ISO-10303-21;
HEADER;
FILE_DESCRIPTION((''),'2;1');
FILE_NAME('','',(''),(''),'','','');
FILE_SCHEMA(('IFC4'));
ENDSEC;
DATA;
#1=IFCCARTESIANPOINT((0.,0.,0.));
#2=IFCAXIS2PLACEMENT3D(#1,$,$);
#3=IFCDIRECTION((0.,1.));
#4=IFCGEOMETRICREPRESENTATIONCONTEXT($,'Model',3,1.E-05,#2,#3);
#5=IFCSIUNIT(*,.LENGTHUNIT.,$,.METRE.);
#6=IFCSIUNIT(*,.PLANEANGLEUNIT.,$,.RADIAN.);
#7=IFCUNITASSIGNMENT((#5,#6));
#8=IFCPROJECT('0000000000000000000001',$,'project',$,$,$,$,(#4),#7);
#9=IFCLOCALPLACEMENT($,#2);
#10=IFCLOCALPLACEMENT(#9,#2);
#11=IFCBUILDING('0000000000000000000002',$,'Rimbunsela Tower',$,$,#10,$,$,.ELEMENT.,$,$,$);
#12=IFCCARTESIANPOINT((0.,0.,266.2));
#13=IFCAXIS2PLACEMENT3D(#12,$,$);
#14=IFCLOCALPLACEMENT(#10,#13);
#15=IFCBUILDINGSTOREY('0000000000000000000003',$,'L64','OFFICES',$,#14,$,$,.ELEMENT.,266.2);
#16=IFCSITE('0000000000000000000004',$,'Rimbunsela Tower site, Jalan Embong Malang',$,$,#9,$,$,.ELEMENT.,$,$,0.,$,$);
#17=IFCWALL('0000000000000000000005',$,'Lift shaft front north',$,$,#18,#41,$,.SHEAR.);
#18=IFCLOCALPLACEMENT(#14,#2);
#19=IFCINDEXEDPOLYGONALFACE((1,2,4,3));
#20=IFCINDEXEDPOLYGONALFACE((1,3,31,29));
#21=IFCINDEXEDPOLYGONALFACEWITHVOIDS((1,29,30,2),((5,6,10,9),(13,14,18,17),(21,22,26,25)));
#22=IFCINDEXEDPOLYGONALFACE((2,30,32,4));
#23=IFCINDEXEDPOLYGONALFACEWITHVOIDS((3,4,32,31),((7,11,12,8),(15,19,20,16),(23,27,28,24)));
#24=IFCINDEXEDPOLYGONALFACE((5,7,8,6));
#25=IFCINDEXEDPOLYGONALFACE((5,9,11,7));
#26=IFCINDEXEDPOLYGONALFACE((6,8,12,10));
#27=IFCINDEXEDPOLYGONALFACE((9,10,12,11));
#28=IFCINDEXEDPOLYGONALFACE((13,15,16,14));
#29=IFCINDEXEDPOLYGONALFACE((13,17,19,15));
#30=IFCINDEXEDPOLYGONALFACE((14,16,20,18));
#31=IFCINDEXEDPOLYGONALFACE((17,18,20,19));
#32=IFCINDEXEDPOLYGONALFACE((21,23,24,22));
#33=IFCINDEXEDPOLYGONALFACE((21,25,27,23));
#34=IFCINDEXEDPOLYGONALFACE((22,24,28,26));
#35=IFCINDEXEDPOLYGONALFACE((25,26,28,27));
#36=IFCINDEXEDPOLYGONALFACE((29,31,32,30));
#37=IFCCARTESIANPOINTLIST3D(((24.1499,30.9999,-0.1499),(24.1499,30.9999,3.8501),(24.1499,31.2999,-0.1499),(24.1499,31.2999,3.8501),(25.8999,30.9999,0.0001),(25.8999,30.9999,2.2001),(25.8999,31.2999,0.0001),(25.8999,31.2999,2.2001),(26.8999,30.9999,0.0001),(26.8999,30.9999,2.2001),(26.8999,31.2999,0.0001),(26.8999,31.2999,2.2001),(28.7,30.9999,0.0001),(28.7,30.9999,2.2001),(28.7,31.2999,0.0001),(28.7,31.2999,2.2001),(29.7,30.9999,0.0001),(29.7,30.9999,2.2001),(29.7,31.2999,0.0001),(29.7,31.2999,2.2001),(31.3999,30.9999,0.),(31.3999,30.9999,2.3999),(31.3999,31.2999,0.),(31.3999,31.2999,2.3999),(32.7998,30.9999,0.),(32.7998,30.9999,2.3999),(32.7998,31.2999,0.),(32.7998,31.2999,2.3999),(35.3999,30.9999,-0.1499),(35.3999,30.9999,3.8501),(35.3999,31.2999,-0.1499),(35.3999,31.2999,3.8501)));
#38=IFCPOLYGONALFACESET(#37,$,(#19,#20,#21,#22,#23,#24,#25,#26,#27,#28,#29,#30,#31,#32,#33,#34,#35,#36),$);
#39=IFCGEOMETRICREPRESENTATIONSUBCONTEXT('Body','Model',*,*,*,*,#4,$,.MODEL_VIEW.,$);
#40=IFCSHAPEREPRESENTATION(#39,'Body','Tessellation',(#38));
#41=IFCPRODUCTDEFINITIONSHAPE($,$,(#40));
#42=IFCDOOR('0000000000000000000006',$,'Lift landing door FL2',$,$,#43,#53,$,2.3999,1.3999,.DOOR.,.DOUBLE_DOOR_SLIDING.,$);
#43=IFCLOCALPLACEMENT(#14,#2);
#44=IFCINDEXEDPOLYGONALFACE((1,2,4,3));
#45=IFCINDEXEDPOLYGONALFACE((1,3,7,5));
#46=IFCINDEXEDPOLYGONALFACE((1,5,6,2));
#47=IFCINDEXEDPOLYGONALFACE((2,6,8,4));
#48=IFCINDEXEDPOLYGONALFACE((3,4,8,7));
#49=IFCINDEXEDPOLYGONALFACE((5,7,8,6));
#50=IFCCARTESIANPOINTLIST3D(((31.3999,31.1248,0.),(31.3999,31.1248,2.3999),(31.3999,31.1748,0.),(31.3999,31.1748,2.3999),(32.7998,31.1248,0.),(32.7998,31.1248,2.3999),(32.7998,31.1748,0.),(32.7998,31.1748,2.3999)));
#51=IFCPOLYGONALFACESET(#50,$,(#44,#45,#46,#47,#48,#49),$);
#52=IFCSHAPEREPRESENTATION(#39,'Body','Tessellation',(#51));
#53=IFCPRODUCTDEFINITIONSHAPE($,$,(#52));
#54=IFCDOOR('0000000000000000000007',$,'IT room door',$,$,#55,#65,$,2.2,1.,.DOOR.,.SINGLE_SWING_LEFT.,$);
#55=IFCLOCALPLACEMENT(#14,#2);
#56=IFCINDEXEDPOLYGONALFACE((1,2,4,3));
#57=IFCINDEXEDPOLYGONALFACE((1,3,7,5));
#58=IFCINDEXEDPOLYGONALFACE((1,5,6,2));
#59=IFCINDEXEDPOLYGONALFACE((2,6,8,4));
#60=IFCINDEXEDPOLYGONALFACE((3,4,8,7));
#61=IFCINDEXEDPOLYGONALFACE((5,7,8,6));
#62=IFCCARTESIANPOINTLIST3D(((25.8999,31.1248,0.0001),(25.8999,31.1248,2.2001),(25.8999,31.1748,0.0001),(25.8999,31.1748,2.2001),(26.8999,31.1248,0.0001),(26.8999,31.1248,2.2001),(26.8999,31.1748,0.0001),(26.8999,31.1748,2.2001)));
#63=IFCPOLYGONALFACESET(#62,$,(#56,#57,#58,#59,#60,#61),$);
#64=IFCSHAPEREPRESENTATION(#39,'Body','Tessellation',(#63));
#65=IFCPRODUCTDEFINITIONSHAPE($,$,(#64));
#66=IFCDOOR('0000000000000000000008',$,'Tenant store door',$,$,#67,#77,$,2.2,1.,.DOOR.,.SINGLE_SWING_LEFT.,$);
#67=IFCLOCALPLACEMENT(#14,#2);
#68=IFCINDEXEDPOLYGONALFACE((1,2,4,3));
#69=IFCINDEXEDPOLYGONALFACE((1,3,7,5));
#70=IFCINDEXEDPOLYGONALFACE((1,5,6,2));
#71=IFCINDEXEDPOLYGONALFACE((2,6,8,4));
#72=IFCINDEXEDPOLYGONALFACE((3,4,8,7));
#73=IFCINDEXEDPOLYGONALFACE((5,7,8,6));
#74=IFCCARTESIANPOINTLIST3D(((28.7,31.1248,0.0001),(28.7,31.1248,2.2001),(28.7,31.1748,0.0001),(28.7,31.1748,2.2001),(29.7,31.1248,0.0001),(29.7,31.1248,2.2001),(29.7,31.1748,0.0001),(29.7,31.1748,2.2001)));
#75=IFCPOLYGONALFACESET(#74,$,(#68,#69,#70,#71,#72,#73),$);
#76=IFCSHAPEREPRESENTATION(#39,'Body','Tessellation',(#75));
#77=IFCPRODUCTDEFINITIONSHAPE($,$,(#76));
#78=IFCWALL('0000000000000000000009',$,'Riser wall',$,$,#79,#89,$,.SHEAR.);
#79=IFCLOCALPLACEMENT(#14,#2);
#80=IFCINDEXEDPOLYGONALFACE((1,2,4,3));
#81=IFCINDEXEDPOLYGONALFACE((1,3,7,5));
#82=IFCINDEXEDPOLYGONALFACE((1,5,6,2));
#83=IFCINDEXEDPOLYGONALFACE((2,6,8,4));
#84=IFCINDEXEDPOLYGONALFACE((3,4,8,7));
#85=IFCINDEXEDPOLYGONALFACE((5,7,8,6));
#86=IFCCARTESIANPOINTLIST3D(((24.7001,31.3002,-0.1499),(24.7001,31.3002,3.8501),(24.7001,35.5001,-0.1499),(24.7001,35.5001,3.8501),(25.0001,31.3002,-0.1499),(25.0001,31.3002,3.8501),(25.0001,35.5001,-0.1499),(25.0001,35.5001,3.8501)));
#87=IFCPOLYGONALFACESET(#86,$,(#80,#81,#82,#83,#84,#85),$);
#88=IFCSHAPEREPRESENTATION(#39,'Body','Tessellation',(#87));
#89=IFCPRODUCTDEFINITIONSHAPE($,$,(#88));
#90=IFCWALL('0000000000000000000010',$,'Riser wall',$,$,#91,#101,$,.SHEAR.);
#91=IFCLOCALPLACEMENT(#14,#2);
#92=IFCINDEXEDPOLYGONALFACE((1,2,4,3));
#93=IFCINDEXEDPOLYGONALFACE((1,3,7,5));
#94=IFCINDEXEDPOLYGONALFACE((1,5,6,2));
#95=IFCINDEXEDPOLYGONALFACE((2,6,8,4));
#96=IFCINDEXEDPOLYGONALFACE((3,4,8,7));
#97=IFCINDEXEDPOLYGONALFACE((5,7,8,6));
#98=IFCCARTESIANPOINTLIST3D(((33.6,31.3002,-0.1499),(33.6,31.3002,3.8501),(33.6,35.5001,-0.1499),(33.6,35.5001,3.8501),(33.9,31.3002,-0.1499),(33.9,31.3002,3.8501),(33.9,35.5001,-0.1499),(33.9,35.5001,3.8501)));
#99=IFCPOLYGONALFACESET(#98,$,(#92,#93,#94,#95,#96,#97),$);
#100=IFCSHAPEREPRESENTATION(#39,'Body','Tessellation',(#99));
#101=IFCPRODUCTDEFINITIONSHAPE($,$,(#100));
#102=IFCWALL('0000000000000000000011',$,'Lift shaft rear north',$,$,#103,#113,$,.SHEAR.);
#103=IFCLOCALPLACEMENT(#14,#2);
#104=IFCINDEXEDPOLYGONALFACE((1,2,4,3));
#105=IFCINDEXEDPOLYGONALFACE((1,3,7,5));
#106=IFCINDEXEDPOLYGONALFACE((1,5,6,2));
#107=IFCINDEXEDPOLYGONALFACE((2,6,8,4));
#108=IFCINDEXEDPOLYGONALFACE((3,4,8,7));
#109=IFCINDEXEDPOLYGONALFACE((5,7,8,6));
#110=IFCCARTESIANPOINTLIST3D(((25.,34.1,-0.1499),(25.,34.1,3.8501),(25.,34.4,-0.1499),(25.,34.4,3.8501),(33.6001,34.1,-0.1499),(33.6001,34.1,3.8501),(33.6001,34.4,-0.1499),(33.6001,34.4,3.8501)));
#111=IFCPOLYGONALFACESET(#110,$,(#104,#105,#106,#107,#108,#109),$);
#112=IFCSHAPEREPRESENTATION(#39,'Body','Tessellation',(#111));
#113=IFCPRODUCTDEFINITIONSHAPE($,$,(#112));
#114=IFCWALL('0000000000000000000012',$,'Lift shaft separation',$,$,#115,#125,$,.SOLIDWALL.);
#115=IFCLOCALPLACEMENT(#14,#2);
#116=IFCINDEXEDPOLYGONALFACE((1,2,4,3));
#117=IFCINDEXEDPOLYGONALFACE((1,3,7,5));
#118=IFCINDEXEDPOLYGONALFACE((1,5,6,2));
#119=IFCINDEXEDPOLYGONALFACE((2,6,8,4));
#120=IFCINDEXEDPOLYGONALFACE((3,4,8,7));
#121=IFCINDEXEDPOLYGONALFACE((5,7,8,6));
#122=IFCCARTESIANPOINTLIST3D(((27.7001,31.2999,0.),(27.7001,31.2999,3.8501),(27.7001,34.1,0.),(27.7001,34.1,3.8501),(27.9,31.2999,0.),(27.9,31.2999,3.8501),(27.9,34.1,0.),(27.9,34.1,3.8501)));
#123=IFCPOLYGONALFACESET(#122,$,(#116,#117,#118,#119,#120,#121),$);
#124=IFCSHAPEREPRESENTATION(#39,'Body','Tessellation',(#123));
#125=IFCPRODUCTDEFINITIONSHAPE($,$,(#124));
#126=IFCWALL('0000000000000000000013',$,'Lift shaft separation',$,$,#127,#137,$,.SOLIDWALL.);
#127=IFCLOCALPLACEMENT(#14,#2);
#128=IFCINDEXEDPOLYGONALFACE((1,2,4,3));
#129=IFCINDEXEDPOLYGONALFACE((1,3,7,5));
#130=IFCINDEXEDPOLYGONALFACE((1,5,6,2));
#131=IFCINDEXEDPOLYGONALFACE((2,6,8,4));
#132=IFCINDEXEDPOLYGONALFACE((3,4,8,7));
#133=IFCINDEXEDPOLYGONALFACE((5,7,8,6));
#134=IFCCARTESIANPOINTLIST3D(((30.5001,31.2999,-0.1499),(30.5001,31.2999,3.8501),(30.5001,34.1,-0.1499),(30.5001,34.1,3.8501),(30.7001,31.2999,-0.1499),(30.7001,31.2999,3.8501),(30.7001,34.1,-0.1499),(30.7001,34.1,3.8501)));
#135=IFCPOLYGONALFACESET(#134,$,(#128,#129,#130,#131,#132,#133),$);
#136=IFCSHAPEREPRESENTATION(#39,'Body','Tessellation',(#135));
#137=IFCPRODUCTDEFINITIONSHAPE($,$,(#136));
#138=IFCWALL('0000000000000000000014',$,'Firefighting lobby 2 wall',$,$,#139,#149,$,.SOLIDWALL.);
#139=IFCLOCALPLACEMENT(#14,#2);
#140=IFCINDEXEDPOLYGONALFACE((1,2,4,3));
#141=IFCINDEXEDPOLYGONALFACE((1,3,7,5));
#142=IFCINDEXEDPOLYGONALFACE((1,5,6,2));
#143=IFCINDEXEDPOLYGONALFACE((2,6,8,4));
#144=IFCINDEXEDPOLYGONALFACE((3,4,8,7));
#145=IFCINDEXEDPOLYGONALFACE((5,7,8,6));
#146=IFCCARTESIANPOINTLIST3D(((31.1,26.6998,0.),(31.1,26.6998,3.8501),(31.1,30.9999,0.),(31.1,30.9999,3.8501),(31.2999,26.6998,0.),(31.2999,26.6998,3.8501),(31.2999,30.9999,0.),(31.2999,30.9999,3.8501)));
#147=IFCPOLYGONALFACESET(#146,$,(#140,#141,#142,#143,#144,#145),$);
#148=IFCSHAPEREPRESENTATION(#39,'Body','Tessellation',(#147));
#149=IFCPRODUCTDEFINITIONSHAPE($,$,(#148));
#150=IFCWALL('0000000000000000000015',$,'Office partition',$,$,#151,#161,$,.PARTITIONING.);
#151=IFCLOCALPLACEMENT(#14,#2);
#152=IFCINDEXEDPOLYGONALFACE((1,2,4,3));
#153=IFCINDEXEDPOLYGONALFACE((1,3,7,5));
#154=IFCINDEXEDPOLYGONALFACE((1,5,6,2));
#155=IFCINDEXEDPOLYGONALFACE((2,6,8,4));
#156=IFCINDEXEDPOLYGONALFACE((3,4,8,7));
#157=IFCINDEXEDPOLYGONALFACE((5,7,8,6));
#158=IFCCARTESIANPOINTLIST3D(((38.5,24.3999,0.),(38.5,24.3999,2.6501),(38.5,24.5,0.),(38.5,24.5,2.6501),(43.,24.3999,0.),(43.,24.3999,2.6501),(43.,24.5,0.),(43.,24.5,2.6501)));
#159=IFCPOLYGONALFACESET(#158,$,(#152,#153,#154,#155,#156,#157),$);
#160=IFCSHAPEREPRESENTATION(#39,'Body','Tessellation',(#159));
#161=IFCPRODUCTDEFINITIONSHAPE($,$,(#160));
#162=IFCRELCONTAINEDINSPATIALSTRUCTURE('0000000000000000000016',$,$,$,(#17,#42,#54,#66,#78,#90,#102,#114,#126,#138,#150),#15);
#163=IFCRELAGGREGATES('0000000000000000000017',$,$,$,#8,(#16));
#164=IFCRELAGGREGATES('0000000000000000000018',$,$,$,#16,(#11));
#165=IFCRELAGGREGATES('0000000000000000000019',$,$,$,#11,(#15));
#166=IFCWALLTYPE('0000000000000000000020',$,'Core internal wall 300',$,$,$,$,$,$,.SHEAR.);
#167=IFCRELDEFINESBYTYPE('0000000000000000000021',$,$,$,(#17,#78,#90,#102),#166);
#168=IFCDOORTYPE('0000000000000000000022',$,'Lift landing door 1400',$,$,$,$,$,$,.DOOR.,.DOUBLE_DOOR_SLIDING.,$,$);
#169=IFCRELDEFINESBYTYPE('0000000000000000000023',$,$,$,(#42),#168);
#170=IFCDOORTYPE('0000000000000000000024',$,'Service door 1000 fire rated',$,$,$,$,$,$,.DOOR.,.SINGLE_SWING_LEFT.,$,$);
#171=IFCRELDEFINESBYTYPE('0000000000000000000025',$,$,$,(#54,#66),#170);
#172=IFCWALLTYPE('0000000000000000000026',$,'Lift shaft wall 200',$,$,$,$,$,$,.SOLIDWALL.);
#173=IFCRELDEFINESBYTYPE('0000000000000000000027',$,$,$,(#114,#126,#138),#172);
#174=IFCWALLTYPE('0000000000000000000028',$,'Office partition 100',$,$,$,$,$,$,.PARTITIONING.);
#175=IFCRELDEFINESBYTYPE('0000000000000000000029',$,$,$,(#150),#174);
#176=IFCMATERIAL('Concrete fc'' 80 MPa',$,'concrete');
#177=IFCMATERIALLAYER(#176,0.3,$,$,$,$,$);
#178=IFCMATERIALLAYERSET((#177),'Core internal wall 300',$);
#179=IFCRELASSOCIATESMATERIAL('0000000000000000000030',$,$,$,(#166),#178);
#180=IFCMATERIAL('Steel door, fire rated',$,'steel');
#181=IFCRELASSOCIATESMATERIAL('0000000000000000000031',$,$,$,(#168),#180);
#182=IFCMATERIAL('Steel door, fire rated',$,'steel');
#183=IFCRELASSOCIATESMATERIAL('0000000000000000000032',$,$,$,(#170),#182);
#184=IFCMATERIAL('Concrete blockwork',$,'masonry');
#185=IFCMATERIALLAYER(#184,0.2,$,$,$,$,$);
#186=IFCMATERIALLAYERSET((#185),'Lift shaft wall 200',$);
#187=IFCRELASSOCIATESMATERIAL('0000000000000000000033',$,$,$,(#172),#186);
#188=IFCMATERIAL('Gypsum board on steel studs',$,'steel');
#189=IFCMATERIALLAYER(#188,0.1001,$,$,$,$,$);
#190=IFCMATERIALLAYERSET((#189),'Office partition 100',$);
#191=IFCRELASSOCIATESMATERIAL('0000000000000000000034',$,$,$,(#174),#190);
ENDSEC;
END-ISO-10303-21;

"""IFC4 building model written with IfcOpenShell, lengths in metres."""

from ifc_helpers import new_model, si_unit, direction, frame, frame_2d, origin, place, context, subcontext, project, spatial, rectangle, extrude, material, layer, layer_set, type_object, element, fill, save


model = new_model("IFC4")

# Units and contexts
model_context = context("Model", 3, precision=1e-05, world=origin(), true_north=direction((0.0, 1.0)))
body_context = subcontext(model_context, "Body", "Model", "MODEL_VIEW")
ifc_project = project(units=[si_unit("LENGTHUNIT", "METRE"), si_unit("PLANEANGLEUNIT", "RADIAN")], contexts=[model_context])

# Site, building, storey
site_placement = place(None, origin())
site = spatial("IfcSite", under=ifc_project, at=site_placement, Name="Rimbunsela Tower site, Jalan Embong Malang", CompositionType="ELEMENT", RefElevation=0.0)
building_placement = place(site_placement, origin())
building = spatial("IfcBuilding", under=site, at=building_placement, Name="Rimbunsela Tower", CompositionType="ELEMENT")
storey_placement = place(building_placement, frame((0.0, 0.0, 266.2)))
storey = spatial("IfcBuildingStorey", under=building, at=storey_placement, Name="L64", Description="OFFICES", CompositionType="ELEMENT", Elevation=266.2)

# Wall, openings, doors
ifc_material_1 = material(Name="Concrete fc' 80 MPa", Category="concrete")
ifc_layer_1 = layer(ifc_material_1, 0.3)
ifc_layer_set_1 = layer_set([ifc_layer_1], Name="Core internal wall 300")
wall_type_1 = type_object("IfcWallType", Name="Core internal wall 300", PredefinedType="SHEAR", material=ifc_layer_set_1)
wall_1_placement = place(storey_placement, frame((24.1499, 31.1499, -0.1499), z_axis=(0.0, 0.0, 1.0), x_axis=(1.0, 0.0, 0.0)))
wall_1 = element("IfcWall", 1, at=wall_1_placement, inside=storey, type_object=wall_type_1, Name="Lift shaft front north", PredefinedType="SHEAR", context=body_context, shape_type="SweptSolid", body=[
    extrude(rectangle(XDim=11.25, YDim=0.3, at=frame_2d((5.625, 0.0))), origin(), (0.0, 0.0, 1.0), 4.0),
])
opening_1_placement = place(wall_1_placement, frame((1.75, 0.0, 0.1499)))
opening_1 = element("IfcOpeningElement", 2, at=opening_1_placement, cuts=wall_1, PredefinedType="OPENING", context=body_context, shape_type="SweptSolid", body=[
    extrude(rectangle(XDim=1.0, YDim=2.2, at=frame_2d((0.5, 1.1001))), frame((0.0, 0.1599, 0.0), z_axis=(0.0, -1.0, 0.0), x_axis=(1.0, 0.0, 0.0)), (0.0, 0.0, 1.0), 0.3201),
])
opening_2_placement = place(wall_1_placement, frame((4.55, 0.0, 0.1499)))
opening_2 = element("IfcOpeningElement", 3, at=opening_2_placement, cuts=wall_1, PredefinedType="OPENING", context=body_context, shape_type="SweptSolid", body=[
    extrude(rectangle(XDim=1.0, YDim=2.2, at=frame_2d((0.5, 1.1001))), frame((0.0, 0.1599, 0.0), z_axis=(0.0, -1.0, 0.0), x_axis=(1.0, 0.0, 0.0)), (0.0, 0.0, 1.0), 0.3201),
])
opening_3_placement = place(wall_1_placement, frame((7.25, 0.0, 0.1499)))
opening_3 = element("IfcOpeningElement", 4, at=opening_3_placement, cuts=wall_1, PredefinedType="OPENING", context=body_context, shape_type="SweptSolid", body=[
    extrude(rectangle(XDim=1.3999, YDim=2.3999, at=frame_2d((0.7, 1.2))), frame((0.0, 0.1599, 0.0), z_axis=(0.0, -1.0, 0.0), x_axis=(1.0, 0.0, 0.0)), (0.0, 0.0, 1.0), 0.3201),
])
ifc_material_2 = material(Name="Steel door, fire rated", Category="steel")
door_type_1 = type_object("IfcDoorType", Name="Lift landing door 1400", OperationType="DOUBLE_DOOR_SLIDING", PredefinedType="DOOR", material=ifc_material_2)
door_1_placement = place(opening_3_placement, origin())
door_1 = element("IfcDoor", 5, at=door_1_placement, inside=storey, type_object=door_type_1, Name="Lift landing door FL2", OperationType="DOUBLE_DOOR_SLIDING", OverallHeight=2.3999, OverallWidth=1.3999, PredefinedType="DOOR", context=body_context, shape_type="SweptSolid", body=[
    extrude(rectangle(XDim=1.3999, YDim=2.3999, at=frame_2d((0.7, 1.2))), frame((0.0, 0.0249, 0.0), z_axis=(0.0, -1.0, 0.0), x_axis=(1.0, 0.0, 0.0)), (0.0, 0.0, 1.0), 0.05),
])
fill(opening_3, door_1)
ifc_material_3 = material(Name="Steel door, fire rated", Category="steel")
door_type_2 = type_object("IfcDoorType", Name="Service door 1000 fire rated", OperationType="SINGLE_SWING_LEFT", PredefinedType="DOOR", material=ifc_material_3)
door_2_placement = place(opening_1_placement, origin())
door_2 = element("IfcDoor", 6, at=door_2_placement, inside=storey, type_object=door_type_2, Name="IT room door", OperationType="SINGLE_SWING_LEFT", OverallHeight=2.2, OverallWidth=1.0, PredefinedType="DOOR", context=body_context, shape_type="SweptSolid", body=[
    extrude(rectangle(XDim=1.0, YDim=2.2, at=frame_2d((0.5, 1.1001))), frame((0.0, 0.0249, 0.0), z_axis=(0.0, -1.0, 0.0), x_axis=(1.0, 0.0, 0.0)), (0.0, 0.0, 1.0), 0.05),
])
fill(opening_1, door_2)
door_3_placement = place(opening_2_placement, origin())
door_3 = element("IfcDoor", 7, at=door_3_placement, inside=storey, type_object=door_type_2, Name="Tenant store door", OperationType="SINGLE_SWING_LEFT", OverallHeight=2.2, OverallWidth=1.0, PredefinedType="DOOR", context=body_context, shape_type="SweptSolid", body=[
    extrude(rectangle(XDim=1.0, YDim=2.2, at=frame_2d((0.5, 1.1001))), frame((0.0, 0.0249, 0.0), z_axis=(0.0, -1.0, 0.0), x_axis=(1.0, 0.0, 0.0)), (0.0, 0.0, 1.0), 0.05),
])
fill(opening_2, door_3)

# Walls
for number, where, z_axis, x_axis, name in (
    (8, (24.8501, 31.3, -0.1499), (0.0, 0.0, 1.0), (0.0, 1.0, 0.0), "Riser wall"),
    (9, (33.75, 31.3, -0.1499), (0.0, 0.0, 1.0), (0.0, 1.0, 0.0), "Riser wall"),
):
    element("IfcWall", number, at=place(storey_placement, frame(where, z_axis=z_axis, x_axis=x_axis)), inside=storey, type_object=wall_type_1, Name=name, PredefinedType="SHEAR", context=body_context, shape_type="SweptSolid", body=[
        extrude(rectangle(XDim=4.2, YDim=0.3, at=frame_2d((2.1001, 0.0))), origin(), (0.0, 0.0, 1.0), 4.0),
    ])
wall_2_placement = place(storey_placement, frame((25.0, 34.25, -0.1499), z_axis=(0.0, 0.0, 1.0), x_axis=(1.0, 0.0, 0.0)))
element("IfcWall", 10, at=wall_2_placement, inside=storey, type_object=wall_type_1, Name="Lift shaft rear north", PredefinedType="SHEAR", context=body_context, shape_type="SweptSolid", body=[
    extrude(rectangle(XDim=8.6001, YDim=0.3, at=frame_2d((4.3, 0.0))), origin(), (0.0, 0.0, 1.0), 4.0),
])
ifc_material_4 = material(Name="Concrete blockwork", Category="masonry")
ifc_layer_2 = layer(ifc_material_4, 0.2)
ifc_layer_set_2 = layer_set([ifc_layer_2], Name="Lift shaft wall 200")
wall_type_2 = type_object("IfcWallType", Name="Lift shaft wall 200", PredefinedType="SOLIDWALL", material=ifc_layer_set_2)
wall_3_placement = place(storey_placement, frame((27.8, 31.3, 0.0), z_axis=(0.0, 0.0, 1.0), x_axis=(0.0, 1.0, 0.0)))
element("IfcWall", 11, at=wall_3_placement, inside=storey, type_object=wall_type_2, Name="Lift shaft separation", PredefinedType="SOLIDWALL", context=body_context, shape_type="SweptSolid", body=[
    extrude(rectangle(XDim=2.8, YDim=0.2, at=frame_2d((1.3999, 0.0))), origin(), (0.0, 0.0, 1.0), 3.8501),
])
wall_4_placement = place(storey_placement, frame((30.6001, 31.3, -0.1499), z_axis=(0.0, 0.0, 1.0), x_axis=(0.0, 1.0, 0.0)))
element("IfcWall", 12, at=wall_4_placement, inside=storey, type_object=wall_type_2, Name="Lift shaft separation", PredefinedType="SOLIDWALL", context=body_context, shape_type="SweptSolid", body=[
    extrude(rectangle(XDim=2.8, YDim=0.2, at=frame_2d((1.3999, 0.0))), origin(), (0.0, 0.0, 1.0), 4.0),
])
wall_5_placement = place(storey_placement, frame((31.2, 26.7, 0.0), z_axis=(0.0, 0.0, 1.0), x_axis=(0.0, 1.0, 0.0)))
element("IfcWall", 13, at=wall_5_placement, inside=storey, type_object=wall_type_2, Name="Firefighting lobby 2 wall", PredefinedType="SOLIDWALL", context=body_context, shape_type="SweptSolid", body=[
    extrude(rectangle(XDim=4.3, YDim=0.2, at=frame_2d((2.1499, 0.0))), origin(), (0.0, 0.0, 1.0), 3.8501),
])
ifc_material_5 = material(Name="Gypsum board on steel studs", Category="steel")
ifc_layer_3 = layer(ifc_material_5, 0.1001)
ifc_layer_set_3 = layer_set([ifc_layer_3], Name="Office partition 100")
wall_type_3 = type_object("IfcWallType", Name="Office partition 100", PredefinedType="PARTITIONING", material=ifc_layer_set_3)
wall_6_placement = place(storey_placement, frame((38.5, 24.45, 0.0), z_axis=(0.0, 0.0, 1.0), x_axis=(1.0, 0.0, 0.0)))
element("IfcWall", 14, at=wall_6_placement, inside=storey, type_object=wall_type_3, Name="Office partition", PredefinedType="PARTITIONING", context=body_context, shape_type="SweptSolid", body=[
    extrude(rectangle(XDim=4.5, YDim=0.1001, at=frame_2d((2.25, 0.0))), origin(), (0.0, 0.0, 1.0), 2.6501),
])

save(model, "model.ifc")
